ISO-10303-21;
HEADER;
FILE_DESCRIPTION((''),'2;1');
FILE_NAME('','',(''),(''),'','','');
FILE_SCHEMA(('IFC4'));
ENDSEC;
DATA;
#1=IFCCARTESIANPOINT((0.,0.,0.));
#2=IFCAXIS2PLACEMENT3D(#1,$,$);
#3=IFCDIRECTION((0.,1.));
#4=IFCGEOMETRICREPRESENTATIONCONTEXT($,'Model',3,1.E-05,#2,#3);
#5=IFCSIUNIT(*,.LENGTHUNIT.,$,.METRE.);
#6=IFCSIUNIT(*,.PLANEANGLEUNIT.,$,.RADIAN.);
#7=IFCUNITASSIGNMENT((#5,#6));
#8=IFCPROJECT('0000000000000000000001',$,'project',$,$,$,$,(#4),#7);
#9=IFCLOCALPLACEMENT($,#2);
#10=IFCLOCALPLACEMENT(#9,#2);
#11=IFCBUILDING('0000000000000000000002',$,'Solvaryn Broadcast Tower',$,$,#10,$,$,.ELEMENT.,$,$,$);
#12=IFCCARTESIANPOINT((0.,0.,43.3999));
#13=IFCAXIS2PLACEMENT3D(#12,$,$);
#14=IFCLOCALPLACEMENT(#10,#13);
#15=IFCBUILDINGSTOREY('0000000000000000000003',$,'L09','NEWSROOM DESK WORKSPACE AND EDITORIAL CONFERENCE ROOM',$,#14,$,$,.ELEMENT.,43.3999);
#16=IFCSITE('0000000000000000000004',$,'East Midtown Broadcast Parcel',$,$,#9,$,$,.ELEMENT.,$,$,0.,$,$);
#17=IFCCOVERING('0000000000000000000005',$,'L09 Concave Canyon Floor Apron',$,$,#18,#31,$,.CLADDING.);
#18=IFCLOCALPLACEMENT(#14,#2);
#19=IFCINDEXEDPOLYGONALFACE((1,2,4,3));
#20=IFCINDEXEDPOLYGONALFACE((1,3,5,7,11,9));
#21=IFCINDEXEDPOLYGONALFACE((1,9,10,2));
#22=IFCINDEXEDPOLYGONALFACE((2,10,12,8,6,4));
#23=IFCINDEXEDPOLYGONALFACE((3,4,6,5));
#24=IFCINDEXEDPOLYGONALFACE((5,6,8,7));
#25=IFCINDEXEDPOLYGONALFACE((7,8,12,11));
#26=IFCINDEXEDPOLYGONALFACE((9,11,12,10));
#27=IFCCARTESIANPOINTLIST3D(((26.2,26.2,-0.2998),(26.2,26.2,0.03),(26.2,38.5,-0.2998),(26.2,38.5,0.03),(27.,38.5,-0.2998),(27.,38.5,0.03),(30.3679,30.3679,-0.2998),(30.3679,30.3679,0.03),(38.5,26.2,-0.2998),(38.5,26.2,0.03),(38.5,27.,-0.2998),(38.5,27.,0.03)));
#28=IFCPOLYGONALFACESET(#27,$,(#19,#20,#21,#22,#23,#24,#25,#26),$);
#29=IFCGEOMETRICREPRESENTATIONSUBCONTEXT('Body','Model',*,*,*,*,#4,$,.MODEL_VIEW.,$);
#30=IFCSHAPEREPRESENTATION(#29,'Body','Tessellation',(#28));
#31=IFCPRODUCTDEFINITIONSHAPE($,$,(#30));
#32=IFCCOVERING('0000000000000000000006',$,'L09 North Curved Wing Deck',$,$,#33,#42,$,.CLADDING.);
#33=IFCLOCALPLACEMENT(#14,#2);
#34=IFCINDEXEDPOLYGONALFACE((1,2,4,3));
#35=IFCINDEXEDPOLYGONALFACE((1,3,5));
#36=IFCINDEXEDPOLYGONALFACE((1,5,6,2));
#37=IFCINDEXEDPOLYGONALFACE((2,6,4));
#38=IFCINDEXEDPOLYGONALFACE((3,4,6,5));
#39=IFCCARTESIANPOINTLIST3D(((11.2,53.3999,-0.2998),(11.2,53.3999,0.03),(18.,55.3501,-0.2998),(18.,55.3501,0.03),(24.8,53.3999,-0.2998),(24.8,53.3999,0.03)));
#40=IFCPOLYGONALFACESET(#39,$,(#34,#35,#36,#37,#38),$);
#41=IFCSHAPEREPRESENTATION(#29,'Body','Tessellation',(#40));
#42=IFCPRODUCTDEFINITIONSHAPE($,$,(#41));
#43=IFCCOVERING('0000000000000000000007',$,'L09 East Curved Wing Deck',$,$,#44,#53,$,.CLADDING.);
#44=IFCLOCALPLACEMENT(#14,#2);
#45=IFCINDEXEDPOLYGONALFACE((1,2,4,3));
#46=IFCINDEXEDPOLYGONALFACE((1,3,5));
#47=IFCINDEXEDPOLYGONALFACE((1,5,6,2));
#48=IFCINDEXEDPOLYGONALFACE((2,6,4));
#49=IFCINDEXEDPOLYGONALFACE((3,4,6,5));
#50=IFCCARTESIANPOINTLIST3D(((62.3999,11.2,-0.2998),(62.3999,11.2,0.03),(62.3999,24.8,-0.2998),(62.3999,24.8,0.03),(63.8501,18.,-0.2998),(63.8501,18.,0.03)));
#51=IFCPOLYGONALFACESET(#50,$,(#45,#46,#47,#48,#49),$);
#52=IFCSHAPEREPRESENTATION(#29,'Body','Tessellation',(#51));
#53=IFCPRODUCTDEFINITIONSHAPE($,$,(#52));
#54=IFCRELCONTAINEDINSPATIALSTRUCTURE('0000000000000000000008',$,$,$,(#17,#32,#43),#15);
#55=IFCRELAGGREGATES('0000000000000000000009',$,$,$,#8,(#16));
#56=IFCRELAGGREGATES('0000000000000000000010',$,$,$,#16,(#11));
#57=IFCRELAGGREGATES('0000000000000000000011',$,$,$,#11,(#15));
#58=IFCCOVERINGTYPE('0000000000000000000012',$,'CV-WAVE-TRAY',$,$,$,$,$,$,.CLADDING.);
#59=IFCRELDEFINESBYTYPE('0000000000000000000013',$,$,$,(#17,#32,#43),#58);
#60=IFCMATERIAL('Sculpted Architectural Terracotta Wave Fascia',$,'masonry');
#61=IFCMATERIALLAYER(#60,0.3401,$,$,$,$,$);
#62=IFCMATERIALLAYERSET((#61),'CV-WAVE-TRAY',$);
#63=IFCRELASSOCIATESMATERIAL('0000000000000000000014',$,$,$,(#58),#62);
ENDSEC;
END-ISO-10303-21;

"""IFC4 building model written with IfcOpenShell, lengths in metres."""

from ifc_helpers import new_model, si_unit, direction, frame, origin, place, context, subcontext, project, spatial, polyline, outline, extrude, material, layer, layer_set, type_object, element, save


model = new_model("IFC4")

# Units and contexts
model_context = context("Model", 3, precision=1e-05, world=origin(), true_north=direction((0.0, 1.0)))
body_context = subcontext(model_context, "Body", "Model", "MODEL_VIEW")
ifc_project = project(units=[si_unit("LENGTHUNIT", "METRE"), si_unit("PLANEANGLEUNIT", "RADIAN")], contexts=[model_context])

# Site, building, storey
site_placement = place(None, origin())
site = spatial("IfcSite", under=ifc_project, at=site_placement, Name="East Midtown Broadcast Parcel", CompositionType="ELEMENT", RefElevation=0.0)
building_placement = place(site_placement, origin())
building = spatial("IfcBuilding", under=site, at=building_placement, Name="Solvaryn Broadcast Tower", CompositionType="ELEMENT")
storey_placement = place(building_placement, frame((0.0, 0.0, 43.3999)))
storey = spatial("IfcBuildingStorey", under=building, at=storey_placement, Name="L09", Description="NEWSROOM DESK WORKSPACE AND EDITORIAL CONFERENCE ROOM", CompositionType="ELEMENT", Elevation=43.3999)

# Coverings
ifc_material_1 = material(Name="Sculpted Architectural Terracotta Wave Fascia", Category="masonry")
ifc_layer_1 = layer(ifc_material_1, 0.3401)
ifc_layer_set_1 = layer_set([ifc_layer_1], Name="CV-WAVE-TRAY")
covering_type_1 = type_object("IfcCoveringType", Name="CV-WAVE-TRAY", PredefinedType="CLADDING", material=ifc_layer_set_1)
covering_1_placement = place(storey_placement, frame((0.0, 0.0, -0.2998)))
element("IfcCovering", 1, at=covering_1_placement, inside=storey, type_object=covering_type_1, Name="L09 Concave Canyon Floor Apron", PredefinedType="CLADDING", context=body_context, shape_type="SweptSolid", body=[
    extrude(outline(polyline([(26.2, 26.2), (38.5, 26.2), (38.5, 27.0), (30.3679, 30.3679), (27.0, 38.5), (26.2, 38.5), (26.2, 26.2)])), origin(), (0.0, 0.0, 1.0), 0.3298),
])
covering_2_placement = place(storey_placement, frame((0.0, 0.0, -0.2998)))
element("IfcCovering", 2, at=covering_2_placement, inside=storey, type_object=covering_type_1, Name="L09 North Curved Wing Deck", PredefinedType="CLADDING", context=body_context, shape_type="SweptSolid", body=[
    extrude(outline(polyline([(11.2, 53.3999), (24.8, 53.3999), (18.0, 55.3501), (11.2, 53.3999)])), origin(), (0.0, 0.0, 1.0), 0.3298),
])
covering_3_placement = place(storey_placement, frame((0.0, 0.0, -0.2998)))
element("IfcCovering", 3, at=covering_3_placement, inside=storey, type_object=covering_type_1, Name="L09 East Curved Wing Deck", PredefinedType="CLADDING", context=body_context, shape_type="SweptSolid", body=[
    extrude(outline(polyline([(62.3999, 11.2), (63.8501, 18.0), (62.3999, 24.8), (62.3999, 11.2)])), origin(), (0.0, 0.0, 1.0), 0.3298),
])

save(model, "model.ifc")
